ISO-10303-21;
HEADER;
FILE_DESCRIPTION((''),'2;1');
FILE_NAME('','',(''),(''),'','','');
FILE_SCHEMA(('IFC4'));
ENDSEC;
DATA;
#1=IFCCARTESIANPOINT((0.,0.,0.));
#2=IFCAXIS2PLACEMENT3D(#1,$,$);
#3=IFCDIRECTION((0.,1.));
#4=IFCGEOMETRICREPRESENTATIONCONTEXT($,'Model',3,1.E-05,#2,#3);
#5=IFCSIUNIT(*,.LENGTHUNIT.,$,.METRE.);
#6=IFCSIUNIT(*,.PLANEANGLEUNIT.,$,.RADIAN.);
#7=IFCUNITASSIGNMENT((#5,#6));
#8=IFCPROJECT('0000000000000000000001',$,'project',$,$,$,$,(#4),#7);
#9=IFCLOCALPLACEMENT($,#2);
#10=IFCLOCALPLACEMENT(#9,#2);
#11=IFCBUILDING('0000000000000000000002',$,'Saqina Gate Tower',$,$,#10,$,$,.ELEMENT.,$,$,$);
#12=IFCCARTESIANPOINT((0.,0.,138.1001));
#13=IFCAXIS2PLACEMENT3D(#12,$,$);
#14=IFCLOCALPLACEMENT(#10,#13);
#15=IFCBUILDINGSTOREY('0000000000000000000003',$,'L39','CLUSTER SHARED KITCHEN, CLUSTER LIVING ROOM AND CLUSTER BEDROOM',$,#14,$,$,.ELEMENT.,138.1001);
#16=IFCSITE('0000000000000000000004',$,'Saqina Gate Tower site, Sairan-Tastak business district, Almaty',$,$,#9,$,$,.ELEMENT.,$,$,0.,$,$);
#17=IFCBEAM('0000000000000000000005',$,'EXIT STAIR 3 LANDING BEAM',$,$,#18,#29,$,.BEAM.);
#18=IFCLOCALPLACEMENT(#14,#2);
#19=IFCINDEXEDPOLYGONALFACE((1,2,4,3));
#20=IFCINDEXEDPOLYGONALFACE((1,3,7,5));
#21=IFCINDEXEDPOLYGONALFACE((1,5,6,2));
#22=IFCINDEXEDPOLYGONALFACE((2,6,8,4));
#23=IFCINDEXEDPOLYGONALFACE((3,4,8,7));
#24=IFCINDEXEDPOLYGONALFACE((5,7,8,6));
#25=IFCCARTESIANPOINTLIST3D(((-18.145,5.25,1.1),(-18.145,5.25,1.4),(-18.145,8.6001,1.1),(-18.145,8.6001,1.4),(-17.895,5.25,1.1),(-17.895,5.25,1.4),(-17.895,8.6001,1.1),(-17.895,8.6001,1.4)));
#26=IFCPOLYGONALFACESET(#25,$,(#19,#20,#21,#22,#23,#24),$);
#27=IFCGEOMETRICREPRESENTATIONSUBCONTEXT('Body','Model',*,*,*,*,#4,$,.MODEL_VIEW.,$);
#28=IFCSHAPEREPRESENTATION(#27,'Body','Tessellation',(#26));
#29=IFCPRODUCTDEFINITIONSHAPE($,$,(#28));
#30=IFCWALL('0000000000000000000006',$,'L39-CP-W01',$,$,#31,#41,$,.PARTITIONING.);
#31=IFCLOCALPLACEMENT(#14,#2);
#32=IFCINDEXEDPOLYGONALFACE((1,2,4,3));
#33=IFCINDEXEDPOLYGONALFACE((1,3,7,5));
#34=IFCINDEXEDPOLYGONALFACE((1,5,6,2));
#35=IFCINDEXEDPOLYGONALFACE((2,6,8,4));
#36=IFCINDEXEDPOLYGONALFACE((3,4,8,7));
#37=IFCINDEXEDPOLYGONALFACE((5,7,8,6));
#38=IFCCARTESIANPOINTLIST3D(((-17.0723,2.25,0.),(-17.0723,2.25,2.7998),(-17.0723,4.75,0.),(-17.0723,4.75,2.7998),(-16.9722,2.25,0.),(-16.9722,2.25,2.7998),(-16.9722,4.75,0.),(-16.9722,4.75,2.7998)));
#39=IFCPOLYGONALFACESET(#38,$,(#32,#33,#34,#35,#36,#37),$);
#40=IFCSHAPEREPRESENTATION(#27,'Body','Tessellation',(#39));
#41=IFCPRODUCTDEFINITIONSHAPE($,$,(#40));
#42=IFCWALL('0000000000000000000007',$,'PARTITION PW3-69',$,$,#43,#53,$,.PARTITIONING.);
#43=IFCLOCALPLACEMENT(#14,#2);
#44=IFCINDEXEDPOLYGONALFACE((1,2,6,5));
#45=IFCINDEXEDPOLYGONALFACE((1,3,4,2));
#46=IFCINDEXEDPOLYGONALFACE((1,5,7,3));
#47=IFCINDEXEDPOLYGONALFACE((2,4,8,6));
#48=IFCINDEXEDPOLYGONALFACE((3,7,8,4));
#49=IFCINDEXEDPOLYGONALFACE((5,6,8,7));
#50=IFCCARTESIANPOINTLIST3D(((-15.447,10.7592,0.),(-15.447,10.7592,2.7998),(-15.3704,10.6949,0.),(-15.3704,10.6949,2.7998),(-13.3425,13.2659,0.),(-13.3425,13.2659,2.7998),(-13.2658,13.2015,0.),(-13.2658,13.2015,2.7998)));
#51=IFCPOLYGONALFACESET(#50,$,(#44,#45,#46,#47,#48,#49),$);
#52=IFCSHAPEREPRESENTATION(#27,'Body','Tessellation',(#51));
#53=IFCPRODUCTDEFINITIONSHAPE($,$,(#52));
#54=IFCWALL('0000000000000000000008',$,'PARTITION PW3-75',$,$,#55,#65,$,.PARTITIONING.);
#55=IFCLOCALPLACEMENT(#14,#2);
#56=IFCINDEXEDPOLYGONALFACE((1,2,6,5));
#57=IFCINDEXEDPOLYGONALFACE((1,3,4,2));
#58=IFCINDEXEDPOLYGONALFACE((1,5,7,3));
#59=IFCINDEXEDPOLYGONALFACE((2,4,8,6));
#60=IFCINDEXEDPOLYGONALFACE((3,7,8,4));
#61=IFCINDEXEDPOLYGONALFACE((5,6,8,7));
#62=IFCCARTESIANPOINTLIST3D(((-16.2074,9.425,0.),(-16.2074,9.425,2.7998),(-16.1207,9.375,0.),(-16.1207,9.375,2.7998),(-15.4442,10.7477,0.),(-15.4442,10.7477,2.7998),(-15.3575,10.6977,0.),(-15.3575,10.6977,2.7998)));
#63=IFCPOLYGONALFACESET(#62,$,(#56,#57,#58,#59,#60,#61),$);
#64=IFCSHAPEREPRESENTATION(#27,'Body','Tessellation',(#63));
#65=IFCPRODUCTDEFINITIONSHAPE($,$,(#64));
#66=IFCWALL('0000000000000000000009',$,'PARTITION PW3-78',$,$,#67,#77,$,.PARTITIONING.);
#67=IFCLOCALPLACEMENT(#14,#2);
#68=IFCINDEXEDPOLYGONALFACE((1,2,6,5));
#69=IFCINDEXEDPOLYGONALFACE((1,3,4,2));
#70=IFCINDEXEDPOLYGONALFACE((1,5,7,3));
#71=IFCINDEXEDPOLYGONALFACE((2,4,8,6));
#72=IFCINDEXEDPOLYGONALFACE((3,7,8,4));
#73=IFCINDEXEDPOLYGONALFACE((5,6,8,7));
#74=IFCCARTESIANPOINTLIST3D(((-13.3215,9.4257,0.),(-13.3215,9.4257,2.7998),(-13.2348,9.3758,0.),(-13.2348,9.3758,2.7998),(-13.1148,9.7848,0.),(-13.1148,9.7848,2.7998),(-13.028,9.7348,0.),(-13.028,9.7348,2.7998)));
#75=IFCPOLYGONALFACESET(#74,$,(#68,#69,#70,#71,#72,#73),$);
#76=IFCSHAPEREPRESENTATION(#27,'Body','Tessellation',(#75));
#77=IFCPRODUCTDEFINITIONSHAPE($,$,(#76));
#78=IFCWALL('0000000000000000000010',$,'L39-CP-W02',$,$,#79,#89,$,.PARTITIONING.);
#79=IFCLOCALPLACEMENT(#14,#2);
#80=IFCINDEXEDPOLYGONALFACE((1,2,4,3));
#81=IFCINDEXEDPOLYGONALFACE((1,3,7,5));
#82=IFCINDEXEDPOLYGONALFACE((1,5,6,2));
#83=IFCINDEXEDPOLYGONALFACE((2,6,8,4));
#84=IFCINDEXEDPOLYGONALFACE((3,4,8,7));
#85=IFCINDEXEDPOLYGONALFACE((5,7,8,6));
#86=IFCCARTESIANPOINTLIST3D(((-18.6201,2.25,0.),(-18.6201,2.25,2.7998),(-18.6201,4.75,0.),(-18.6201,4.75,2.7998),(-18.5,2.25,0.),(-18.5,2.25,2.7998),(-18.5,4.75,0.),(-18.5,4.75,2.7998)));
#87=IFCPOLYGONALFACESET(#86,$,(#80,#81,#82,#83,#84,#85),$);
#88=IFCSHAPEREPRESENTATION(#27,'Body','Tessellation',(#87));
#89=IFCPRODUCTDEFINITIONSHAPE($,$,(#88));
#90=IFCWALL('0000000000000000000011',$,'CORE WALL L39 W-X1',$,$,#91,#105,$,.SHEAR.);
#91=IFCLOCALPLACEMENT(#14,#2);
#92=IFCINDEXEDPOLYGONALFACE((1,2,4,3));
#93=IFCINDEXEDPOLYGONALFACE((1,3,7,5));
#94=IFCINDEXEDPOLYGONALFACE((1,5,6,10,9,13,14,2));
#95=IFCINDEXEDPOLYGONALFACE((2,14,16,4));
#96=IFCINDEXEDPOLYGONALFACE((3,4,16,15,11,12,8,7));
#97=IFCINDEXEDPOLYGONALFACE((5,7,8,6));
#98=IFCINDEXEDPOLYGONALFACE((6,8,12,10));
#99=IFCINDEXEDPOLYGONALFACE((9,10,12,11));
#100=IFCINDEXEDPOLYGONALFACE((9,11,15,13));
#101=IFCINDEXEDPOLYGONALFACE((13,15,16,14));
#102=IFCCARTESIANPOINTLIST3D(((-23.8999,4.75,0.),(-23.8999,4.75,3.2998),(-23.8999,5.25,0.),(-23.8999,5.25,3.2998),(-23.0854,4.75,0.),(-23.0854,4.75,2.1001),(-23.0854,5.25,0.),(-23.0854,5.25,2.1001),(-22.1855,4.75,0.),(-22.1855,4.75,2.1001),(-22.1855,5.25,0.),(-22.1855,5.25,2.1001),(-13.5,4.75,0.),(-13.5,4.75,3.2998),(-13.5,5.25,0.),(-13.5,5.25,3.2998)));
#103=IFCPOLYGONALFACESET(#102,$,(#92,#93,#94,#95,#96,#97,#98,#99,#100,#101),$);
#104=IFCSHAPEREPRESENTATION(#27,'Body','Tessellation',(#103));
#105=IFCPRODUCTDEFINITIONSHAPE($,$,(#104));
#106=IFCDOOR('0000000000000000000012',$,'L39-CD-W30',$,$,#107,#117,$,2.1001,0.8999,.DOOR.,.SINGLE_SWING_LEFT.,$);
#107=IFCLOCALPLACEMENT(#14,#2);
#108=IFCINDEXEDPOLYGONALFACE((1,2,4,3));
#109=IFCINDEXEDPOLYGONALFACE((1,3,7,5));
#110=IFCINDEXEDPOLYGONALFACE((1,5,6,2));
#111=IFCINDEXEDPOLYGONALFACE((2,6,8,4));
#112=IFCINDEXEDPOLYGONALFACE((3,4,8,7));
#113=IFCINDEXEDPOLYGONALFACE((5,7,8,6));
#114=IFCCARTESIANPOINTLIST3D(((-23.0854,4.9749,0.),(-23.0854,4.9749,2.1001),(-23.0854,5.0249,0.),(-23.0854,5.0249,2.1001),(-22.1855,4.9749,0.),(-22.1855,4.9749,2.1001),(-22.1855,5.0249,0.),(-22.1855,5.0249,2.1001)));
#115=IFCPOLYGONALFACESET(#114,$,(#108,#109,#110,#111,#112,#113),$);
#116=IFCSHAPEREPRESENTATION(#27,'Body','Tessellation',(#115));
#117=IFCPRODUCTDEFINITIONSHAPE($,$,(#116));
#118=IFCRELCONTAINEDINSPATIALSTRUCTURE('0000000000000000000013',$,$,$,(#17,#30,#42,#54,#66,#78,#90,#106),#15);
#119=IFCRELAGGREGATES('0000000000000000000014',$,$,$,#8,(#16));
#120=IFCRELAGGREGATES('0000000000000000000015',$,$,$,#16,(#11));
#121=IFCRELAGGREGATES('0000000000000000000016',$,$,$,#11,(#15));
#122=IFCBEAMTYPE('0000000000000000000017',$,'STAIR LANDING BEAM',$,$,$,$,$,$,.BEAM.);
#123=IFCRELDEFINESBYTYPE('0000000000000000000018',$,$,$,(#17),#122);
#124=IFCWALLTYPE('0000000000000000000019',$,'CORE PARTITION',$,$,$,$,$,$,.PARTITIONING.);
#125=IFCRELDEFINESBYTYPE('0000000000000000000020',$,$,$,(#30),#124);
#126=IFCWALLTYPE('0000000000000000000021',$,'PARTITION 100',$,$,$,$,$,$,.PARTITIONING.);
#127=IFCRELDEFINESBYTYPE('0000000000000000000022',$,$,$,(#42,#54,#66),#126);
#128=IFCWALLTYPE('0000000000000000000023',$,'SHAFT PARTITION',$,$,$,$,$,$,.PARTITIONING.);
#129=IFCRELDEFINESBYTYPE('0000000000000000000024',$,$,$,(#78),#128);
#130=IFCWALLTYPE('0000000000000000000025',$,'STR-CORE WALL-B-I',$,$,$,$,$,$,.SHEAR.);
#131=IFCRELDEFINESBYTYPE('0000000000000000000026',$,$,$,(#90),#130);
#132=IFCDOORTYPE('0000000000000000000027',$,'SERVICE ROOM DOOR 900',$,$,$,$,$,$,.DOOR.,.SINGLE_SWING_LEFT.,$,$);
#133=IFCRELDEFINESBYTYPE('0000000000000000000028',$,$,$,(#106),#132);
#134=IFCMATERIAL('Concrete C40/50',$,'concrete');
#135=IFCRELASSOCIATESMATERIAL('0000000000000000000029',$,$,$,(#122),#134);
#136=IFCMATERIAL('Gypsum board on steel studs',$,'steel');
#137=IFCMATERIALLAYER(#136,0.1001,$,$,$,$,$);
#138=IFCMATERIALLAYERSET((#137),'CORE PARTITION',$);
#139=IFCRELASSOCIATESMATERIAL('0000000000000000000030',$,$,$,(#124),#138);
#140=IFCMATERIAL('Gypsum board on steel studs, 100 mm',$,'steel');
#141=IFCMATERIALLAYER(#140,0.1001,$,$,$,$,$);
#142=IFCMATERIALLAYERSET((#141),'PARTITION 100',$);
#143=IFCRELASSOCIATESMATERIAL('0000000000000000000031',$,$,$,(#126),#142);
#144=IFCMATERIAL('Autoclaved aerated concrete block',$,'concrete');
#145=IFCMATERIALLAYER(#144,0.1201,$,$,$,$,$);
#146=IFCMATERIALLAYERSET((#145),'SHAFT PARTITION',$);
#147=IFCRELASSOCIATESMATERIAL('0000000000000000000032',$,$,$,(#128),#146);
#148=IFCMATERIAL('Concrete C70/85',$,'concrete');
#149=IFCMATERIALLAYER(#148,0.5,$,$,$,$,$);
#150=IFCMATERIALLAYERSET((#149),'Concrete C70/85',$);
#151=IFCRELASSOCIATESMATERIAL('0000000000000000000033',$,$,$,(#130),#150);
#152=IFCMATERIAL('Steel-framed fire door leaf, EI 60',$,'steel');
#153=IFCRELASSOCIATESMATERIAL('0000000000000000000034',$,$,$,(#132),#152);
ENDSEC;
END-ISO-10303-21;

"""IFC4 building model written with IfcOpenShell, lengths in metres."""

from ifc_helpers import new_model, si_unit, direction, frame, frame_2d, origin, origin_2d, place, context, subcontext, project, spatial, rectangle, extrude, material, layer, layer_set, material_profile, profile_set, type_object, element, fill, save


model = new_model("IFC4")

# Units and contexts
model_context = context("Model", 3, precision=1e-05, world=origin(), true_north=direction((0.0, 1.0)))
body_context = subcontext(model_context, "Body", "Model", "MODEL_VIEW")
ifc_project = project(units=[si_unit("LENGTHUNIT", "METRE"), si_unit("PLANEANGLEUNIT", "RADIAN")], contexts=[model_context])

# Site, building, storey
site_placement = place(None, origin())
site = spatial("IfcSite", under=ifc_project, at=site_placement, Name="Saqina Gate Tower site, Sairan-Tastak business district, Almaty", CompositionType="ELEMENT", RefElevation=0.0)
building_placement = place(site_placement, origin())
building = spatial("IfcBuilding", under=site, at=building_placement, Name="Saqina Gate Tower", CompositionType="ELEMENT")
storey_placement = place(building_placement, frame((0.0, 0.0, 138.1001)))
storey = spatial("IfcBuildingStorey", under=building, at=storey_placement, Name="L39", Description="CLUSTER SHARED KITCHEN, CLUSTER LIVING ROOM AND CLUSTER BEDROOM", CompositionType="ELEMENT", Elevation=138.1001)

# Beam
ifc_material_1 = material(Name="Concrete C40/50", Category="concrete")
ifc_material_profile = material_profile(ifc_material_1, rectangle(XDim=0.25, YDim=0.3, at=origin_2d()), Name="STAIR LANDING BEAM")
ifc_profile_set = profile_set([ifc_material_profile], Name="Concrete C40/50")
beam_type = type_object("IfcBeamType", Name="STAIR LANDING BEAM", PredefinedType="BEAM", material=ifc_profile_set)
beam_placement = place(storey_placement, frame((-18.02, 5.25, 1.25), z_axis=(0.0, 1.0, 0.0), x_axis=(-1.0, 0.0, 0.0)))
element("IfcBeam", 1, at=beam_placement, inside=storey, type_object=beam_type, Name="EXIT STAIR 3 LANDING BEAM", PredefinedType="BEAM", context=body_context, shape_type="SweptSolid", body=[
    extrude(rectangle(XDim=0.25, YDim=0.3, at=origin_2d()), origin(), (0.0, 0.0, 1.0), 3.3501),
])

# Walls
ifc_material_2 = material(Name="Gypsum board on steel studs", Category="steel")
ifc_layer_1 = layer(ifc_material_2, 0.1001)
ifc_layer_set_1 = layer_set([ifc_layer_1], Name="CORE PARTITION")
wall_type_1 = type_object("IfcWallType", Name="CORE PARTITION", PredefinedType="PARTITIONING", material=ifc_layer_set_1)
wall_1_placement = place(storey_placement, frame((-17.0222, 2.25, 0.0), z_axis=(0.0, 0.0, 1.0), x_axis=(0.0, 1.0, 0.0)))
element("IfcWall", 2, at=wall_1_placement, inside=storey, type_object=wall_type_1, Name="L39-CP-W01", PredefinedType="PARTITIONING", context=body_context, shape_type="SweptSolid", body=[
    extrude(rectangle(XDim=2.5, YDim=0.1001, at=frame_2d((1.25, 0.0))), origin(), (0.0, 0.0, 1.0), 2.7998),
])
ifc_material_3 = material(Name="Gypsum board on steel studs, 100 mm", Category="steel")
ifc_layer_2 = layer(ifc_material_3, 0.1001)
ifc_layer_set_2 = layer_set([ifc_layer_2], Name="PARTITION 100")
wall_type_2 = type_object("IfcWallType", Name="PARTITION 100", PredefinedType="PARTITIONING", material=ifc_layer_set_2)
wall_2_placement = place(storey_placement, frame((-15.4087, 10.7271, 0.0), z_axis=(0.0, 0.0, 1.0), x_axis=(0.643005, 0.765862, 0.0)))
element("IfcWall", 3, at=wall_2_placement, inside=storey, type_object=wall_type_2, Name="PARTITION PW3-69", PredefinedType="PARTITIONING", context=body_context, shape_type="SweptSolid", body=[
    extrude(rectangle(XDim=3.2729, YDim=0.1001, at=frame_2d((1.6365, 0.0))), origin(), (0.0, 0.0, 1.0), 2.7998),
])
wall_3_placement = place(storey_placement, frame((-16.1641, 9.3999, 0.0), z_axis=(0.0, 0.0, 1.0), x_axis=(0.49975, 0.86617, 0.0)))
element("IfcWall", 4, at=wall_3_placement, inside=storey, type_object=wall_type_2, Name="PARTITION PW3-75", PredefinedType="PARTITIONING", context=body_context, shape_type="SweptSolid", body=[
    extrude(rectangle(XDim=1.5271, YDim=0.1001, at=frame_2d((0.7637, 0.0))), origin(), (0.0, 0.0, 1.0), 2.7998),
])
wall_4_placement = place(storey_placement, frame((-13.2781, 9.4009, 0.0), z_axis=(0.0, 0.0, 1.0), x_axis=(0.498991, 0.866607, 0.0)))
element("IfcWall", 5, at=wall_4_placement, inside=storey, type_object=wall_type_2, Name="PARTITION PW3-78", PredefinedType="PARTITIONING", context=body_context, shape_type="SweptSolid", body=[
    extrude(rectangle(XDim=0.4143, YDim=0.1001, at=frame_2d((0.207, 0.0))), origin(), (0.0, 0.0, 1.0), 2.7998),
])
ifc_material_4 = material(Name="Autoclaved aerated concrete block", Category="concrete")
ifc_layer_3 = layer(ifc_material_4, 0.1201)
ifc_layer_set_3 = layer_set([ifc_layer_3], Name="SHAFT PARTITION")
wall_type_3 = type_object("IfcWallType", Name="SHAFT PARTITION", PredefinedType="PARTITIONING", material=ifc_layer_set_3)
wall_5_placement = place(storey_placement, frame((-18.5601, 2.25, 0.0), z_axis=(0.0, 0.0, 1.0), x_axis=(0.0, 1.0, 0.0)))
element("IfcWall", 6, at=wall_5_placement, inside=storey, type_object=wall_type_3, Name="L39-CP-W02", PredefinedType="PARTITIONING", context=body_context, shape_type="SweptSolid", body=[
    extrude(rectangle(XDim=2.5, YDim=0.1201, at=frame_2d((1.25, 0.0))), origin(), (0.0, 0.0, 1.0), 2.7998),
])

# Wall, opening, door
ifc_material_5 = material(Name="Concrete C70/85", Category="concrete")
ifc_layer_4 = layer(ifc_material_5, 0.5)
ifc_layer_set_4 = layer_set([ifc_layer_4], Name="Concrete C70/85")
wall_type_4 = type_object("IfcWallType", Name="STR-CORE WALL-B-I", PredefinedType="SHEAR", material=ifc_layer_set_4)
wall_6_placement = place(storey_placement, frame((-13.5, 5.0, 0.0), z_axis=(0.0, 0.0, 1.0), x_axis=(-1.0, 0.0, 0.0)))
wall_6 = element("IfcWall", 7, at=wall_6_placement, inside=storey, type_object=wall_type_4, Name="CORE WALL L39 W-X1", PredefinedType="SHEAR", context=body_context, shape_type="SweptSolid", body=[
    extrude(rectangle(XDim=10.3999, YDim=0.5, at=frame_2d((5.2, 0.0))), origin(), (0.0, 0.0, 1.0), 3.2998),
])
opening_1_placement = place(wall_6_placement, frame((8.6855, 0.0, 0.0)))
opening_1 = element("IfcOpeningElement", 8, at=opening_1_placement, cuts=wall_6, PredefinedType="OPENING", context=body_context, shape_type="SweptSolid", body=[
    extrude(rectangle(XDim=0.8999, YDim=2.1001, at=frame_2d((0.45, 1.05))), frame((0.0, 0.262, 0.0), z_axis=(0.0, -1.0, 0.0), x_axis=(1.0, 0.0, 0.0)), (0.0, 0.0, 1.0), 0.5239),
])
ifc_material_6 = material(Name="Steel-framed fire door leaf, EI 60", Category="steel")
door_type_1 = type_object("IfcDoorType", Name="SERVICE ROOM DOOR 900", OperationType="SINGLE_SWING_LEFT", PredefinedType="DOOR", material=ifc_material_6)
door_1_placement = place(opening_1_placement, frame((0.8999, 0.0, 0.0), z_axis=(0.0, 0.0, 1.0), x_axis=(-1.0, 0.0, 0.0)))
door_1 = element("IfcDoor", 9, at=door_1_placement, inside=storey, type_object=door_type_1, Name="L39-CD-W30", OperationType="SINGLE_SWING_LEFT", OverallHeight=2.1001, OverallWidth=0.8999, PredefinedType="DOOR", context=body_context, shape_type="SweptSolid", body=[
    extrude(rectangle(XDim=0.8999, YDim=2.1001, at=frame_2d((0.45, 1.05))), frame((0.0, 0.0249, 0.0), z_axis=(0.0, -1.0, 0.0), x_axis=(1.0, 0.0, 0.0)), (0.0, 0.0, 1.0), 0.05),
])
fill(opening_1, door_1)

save(model, "model.ifc")
